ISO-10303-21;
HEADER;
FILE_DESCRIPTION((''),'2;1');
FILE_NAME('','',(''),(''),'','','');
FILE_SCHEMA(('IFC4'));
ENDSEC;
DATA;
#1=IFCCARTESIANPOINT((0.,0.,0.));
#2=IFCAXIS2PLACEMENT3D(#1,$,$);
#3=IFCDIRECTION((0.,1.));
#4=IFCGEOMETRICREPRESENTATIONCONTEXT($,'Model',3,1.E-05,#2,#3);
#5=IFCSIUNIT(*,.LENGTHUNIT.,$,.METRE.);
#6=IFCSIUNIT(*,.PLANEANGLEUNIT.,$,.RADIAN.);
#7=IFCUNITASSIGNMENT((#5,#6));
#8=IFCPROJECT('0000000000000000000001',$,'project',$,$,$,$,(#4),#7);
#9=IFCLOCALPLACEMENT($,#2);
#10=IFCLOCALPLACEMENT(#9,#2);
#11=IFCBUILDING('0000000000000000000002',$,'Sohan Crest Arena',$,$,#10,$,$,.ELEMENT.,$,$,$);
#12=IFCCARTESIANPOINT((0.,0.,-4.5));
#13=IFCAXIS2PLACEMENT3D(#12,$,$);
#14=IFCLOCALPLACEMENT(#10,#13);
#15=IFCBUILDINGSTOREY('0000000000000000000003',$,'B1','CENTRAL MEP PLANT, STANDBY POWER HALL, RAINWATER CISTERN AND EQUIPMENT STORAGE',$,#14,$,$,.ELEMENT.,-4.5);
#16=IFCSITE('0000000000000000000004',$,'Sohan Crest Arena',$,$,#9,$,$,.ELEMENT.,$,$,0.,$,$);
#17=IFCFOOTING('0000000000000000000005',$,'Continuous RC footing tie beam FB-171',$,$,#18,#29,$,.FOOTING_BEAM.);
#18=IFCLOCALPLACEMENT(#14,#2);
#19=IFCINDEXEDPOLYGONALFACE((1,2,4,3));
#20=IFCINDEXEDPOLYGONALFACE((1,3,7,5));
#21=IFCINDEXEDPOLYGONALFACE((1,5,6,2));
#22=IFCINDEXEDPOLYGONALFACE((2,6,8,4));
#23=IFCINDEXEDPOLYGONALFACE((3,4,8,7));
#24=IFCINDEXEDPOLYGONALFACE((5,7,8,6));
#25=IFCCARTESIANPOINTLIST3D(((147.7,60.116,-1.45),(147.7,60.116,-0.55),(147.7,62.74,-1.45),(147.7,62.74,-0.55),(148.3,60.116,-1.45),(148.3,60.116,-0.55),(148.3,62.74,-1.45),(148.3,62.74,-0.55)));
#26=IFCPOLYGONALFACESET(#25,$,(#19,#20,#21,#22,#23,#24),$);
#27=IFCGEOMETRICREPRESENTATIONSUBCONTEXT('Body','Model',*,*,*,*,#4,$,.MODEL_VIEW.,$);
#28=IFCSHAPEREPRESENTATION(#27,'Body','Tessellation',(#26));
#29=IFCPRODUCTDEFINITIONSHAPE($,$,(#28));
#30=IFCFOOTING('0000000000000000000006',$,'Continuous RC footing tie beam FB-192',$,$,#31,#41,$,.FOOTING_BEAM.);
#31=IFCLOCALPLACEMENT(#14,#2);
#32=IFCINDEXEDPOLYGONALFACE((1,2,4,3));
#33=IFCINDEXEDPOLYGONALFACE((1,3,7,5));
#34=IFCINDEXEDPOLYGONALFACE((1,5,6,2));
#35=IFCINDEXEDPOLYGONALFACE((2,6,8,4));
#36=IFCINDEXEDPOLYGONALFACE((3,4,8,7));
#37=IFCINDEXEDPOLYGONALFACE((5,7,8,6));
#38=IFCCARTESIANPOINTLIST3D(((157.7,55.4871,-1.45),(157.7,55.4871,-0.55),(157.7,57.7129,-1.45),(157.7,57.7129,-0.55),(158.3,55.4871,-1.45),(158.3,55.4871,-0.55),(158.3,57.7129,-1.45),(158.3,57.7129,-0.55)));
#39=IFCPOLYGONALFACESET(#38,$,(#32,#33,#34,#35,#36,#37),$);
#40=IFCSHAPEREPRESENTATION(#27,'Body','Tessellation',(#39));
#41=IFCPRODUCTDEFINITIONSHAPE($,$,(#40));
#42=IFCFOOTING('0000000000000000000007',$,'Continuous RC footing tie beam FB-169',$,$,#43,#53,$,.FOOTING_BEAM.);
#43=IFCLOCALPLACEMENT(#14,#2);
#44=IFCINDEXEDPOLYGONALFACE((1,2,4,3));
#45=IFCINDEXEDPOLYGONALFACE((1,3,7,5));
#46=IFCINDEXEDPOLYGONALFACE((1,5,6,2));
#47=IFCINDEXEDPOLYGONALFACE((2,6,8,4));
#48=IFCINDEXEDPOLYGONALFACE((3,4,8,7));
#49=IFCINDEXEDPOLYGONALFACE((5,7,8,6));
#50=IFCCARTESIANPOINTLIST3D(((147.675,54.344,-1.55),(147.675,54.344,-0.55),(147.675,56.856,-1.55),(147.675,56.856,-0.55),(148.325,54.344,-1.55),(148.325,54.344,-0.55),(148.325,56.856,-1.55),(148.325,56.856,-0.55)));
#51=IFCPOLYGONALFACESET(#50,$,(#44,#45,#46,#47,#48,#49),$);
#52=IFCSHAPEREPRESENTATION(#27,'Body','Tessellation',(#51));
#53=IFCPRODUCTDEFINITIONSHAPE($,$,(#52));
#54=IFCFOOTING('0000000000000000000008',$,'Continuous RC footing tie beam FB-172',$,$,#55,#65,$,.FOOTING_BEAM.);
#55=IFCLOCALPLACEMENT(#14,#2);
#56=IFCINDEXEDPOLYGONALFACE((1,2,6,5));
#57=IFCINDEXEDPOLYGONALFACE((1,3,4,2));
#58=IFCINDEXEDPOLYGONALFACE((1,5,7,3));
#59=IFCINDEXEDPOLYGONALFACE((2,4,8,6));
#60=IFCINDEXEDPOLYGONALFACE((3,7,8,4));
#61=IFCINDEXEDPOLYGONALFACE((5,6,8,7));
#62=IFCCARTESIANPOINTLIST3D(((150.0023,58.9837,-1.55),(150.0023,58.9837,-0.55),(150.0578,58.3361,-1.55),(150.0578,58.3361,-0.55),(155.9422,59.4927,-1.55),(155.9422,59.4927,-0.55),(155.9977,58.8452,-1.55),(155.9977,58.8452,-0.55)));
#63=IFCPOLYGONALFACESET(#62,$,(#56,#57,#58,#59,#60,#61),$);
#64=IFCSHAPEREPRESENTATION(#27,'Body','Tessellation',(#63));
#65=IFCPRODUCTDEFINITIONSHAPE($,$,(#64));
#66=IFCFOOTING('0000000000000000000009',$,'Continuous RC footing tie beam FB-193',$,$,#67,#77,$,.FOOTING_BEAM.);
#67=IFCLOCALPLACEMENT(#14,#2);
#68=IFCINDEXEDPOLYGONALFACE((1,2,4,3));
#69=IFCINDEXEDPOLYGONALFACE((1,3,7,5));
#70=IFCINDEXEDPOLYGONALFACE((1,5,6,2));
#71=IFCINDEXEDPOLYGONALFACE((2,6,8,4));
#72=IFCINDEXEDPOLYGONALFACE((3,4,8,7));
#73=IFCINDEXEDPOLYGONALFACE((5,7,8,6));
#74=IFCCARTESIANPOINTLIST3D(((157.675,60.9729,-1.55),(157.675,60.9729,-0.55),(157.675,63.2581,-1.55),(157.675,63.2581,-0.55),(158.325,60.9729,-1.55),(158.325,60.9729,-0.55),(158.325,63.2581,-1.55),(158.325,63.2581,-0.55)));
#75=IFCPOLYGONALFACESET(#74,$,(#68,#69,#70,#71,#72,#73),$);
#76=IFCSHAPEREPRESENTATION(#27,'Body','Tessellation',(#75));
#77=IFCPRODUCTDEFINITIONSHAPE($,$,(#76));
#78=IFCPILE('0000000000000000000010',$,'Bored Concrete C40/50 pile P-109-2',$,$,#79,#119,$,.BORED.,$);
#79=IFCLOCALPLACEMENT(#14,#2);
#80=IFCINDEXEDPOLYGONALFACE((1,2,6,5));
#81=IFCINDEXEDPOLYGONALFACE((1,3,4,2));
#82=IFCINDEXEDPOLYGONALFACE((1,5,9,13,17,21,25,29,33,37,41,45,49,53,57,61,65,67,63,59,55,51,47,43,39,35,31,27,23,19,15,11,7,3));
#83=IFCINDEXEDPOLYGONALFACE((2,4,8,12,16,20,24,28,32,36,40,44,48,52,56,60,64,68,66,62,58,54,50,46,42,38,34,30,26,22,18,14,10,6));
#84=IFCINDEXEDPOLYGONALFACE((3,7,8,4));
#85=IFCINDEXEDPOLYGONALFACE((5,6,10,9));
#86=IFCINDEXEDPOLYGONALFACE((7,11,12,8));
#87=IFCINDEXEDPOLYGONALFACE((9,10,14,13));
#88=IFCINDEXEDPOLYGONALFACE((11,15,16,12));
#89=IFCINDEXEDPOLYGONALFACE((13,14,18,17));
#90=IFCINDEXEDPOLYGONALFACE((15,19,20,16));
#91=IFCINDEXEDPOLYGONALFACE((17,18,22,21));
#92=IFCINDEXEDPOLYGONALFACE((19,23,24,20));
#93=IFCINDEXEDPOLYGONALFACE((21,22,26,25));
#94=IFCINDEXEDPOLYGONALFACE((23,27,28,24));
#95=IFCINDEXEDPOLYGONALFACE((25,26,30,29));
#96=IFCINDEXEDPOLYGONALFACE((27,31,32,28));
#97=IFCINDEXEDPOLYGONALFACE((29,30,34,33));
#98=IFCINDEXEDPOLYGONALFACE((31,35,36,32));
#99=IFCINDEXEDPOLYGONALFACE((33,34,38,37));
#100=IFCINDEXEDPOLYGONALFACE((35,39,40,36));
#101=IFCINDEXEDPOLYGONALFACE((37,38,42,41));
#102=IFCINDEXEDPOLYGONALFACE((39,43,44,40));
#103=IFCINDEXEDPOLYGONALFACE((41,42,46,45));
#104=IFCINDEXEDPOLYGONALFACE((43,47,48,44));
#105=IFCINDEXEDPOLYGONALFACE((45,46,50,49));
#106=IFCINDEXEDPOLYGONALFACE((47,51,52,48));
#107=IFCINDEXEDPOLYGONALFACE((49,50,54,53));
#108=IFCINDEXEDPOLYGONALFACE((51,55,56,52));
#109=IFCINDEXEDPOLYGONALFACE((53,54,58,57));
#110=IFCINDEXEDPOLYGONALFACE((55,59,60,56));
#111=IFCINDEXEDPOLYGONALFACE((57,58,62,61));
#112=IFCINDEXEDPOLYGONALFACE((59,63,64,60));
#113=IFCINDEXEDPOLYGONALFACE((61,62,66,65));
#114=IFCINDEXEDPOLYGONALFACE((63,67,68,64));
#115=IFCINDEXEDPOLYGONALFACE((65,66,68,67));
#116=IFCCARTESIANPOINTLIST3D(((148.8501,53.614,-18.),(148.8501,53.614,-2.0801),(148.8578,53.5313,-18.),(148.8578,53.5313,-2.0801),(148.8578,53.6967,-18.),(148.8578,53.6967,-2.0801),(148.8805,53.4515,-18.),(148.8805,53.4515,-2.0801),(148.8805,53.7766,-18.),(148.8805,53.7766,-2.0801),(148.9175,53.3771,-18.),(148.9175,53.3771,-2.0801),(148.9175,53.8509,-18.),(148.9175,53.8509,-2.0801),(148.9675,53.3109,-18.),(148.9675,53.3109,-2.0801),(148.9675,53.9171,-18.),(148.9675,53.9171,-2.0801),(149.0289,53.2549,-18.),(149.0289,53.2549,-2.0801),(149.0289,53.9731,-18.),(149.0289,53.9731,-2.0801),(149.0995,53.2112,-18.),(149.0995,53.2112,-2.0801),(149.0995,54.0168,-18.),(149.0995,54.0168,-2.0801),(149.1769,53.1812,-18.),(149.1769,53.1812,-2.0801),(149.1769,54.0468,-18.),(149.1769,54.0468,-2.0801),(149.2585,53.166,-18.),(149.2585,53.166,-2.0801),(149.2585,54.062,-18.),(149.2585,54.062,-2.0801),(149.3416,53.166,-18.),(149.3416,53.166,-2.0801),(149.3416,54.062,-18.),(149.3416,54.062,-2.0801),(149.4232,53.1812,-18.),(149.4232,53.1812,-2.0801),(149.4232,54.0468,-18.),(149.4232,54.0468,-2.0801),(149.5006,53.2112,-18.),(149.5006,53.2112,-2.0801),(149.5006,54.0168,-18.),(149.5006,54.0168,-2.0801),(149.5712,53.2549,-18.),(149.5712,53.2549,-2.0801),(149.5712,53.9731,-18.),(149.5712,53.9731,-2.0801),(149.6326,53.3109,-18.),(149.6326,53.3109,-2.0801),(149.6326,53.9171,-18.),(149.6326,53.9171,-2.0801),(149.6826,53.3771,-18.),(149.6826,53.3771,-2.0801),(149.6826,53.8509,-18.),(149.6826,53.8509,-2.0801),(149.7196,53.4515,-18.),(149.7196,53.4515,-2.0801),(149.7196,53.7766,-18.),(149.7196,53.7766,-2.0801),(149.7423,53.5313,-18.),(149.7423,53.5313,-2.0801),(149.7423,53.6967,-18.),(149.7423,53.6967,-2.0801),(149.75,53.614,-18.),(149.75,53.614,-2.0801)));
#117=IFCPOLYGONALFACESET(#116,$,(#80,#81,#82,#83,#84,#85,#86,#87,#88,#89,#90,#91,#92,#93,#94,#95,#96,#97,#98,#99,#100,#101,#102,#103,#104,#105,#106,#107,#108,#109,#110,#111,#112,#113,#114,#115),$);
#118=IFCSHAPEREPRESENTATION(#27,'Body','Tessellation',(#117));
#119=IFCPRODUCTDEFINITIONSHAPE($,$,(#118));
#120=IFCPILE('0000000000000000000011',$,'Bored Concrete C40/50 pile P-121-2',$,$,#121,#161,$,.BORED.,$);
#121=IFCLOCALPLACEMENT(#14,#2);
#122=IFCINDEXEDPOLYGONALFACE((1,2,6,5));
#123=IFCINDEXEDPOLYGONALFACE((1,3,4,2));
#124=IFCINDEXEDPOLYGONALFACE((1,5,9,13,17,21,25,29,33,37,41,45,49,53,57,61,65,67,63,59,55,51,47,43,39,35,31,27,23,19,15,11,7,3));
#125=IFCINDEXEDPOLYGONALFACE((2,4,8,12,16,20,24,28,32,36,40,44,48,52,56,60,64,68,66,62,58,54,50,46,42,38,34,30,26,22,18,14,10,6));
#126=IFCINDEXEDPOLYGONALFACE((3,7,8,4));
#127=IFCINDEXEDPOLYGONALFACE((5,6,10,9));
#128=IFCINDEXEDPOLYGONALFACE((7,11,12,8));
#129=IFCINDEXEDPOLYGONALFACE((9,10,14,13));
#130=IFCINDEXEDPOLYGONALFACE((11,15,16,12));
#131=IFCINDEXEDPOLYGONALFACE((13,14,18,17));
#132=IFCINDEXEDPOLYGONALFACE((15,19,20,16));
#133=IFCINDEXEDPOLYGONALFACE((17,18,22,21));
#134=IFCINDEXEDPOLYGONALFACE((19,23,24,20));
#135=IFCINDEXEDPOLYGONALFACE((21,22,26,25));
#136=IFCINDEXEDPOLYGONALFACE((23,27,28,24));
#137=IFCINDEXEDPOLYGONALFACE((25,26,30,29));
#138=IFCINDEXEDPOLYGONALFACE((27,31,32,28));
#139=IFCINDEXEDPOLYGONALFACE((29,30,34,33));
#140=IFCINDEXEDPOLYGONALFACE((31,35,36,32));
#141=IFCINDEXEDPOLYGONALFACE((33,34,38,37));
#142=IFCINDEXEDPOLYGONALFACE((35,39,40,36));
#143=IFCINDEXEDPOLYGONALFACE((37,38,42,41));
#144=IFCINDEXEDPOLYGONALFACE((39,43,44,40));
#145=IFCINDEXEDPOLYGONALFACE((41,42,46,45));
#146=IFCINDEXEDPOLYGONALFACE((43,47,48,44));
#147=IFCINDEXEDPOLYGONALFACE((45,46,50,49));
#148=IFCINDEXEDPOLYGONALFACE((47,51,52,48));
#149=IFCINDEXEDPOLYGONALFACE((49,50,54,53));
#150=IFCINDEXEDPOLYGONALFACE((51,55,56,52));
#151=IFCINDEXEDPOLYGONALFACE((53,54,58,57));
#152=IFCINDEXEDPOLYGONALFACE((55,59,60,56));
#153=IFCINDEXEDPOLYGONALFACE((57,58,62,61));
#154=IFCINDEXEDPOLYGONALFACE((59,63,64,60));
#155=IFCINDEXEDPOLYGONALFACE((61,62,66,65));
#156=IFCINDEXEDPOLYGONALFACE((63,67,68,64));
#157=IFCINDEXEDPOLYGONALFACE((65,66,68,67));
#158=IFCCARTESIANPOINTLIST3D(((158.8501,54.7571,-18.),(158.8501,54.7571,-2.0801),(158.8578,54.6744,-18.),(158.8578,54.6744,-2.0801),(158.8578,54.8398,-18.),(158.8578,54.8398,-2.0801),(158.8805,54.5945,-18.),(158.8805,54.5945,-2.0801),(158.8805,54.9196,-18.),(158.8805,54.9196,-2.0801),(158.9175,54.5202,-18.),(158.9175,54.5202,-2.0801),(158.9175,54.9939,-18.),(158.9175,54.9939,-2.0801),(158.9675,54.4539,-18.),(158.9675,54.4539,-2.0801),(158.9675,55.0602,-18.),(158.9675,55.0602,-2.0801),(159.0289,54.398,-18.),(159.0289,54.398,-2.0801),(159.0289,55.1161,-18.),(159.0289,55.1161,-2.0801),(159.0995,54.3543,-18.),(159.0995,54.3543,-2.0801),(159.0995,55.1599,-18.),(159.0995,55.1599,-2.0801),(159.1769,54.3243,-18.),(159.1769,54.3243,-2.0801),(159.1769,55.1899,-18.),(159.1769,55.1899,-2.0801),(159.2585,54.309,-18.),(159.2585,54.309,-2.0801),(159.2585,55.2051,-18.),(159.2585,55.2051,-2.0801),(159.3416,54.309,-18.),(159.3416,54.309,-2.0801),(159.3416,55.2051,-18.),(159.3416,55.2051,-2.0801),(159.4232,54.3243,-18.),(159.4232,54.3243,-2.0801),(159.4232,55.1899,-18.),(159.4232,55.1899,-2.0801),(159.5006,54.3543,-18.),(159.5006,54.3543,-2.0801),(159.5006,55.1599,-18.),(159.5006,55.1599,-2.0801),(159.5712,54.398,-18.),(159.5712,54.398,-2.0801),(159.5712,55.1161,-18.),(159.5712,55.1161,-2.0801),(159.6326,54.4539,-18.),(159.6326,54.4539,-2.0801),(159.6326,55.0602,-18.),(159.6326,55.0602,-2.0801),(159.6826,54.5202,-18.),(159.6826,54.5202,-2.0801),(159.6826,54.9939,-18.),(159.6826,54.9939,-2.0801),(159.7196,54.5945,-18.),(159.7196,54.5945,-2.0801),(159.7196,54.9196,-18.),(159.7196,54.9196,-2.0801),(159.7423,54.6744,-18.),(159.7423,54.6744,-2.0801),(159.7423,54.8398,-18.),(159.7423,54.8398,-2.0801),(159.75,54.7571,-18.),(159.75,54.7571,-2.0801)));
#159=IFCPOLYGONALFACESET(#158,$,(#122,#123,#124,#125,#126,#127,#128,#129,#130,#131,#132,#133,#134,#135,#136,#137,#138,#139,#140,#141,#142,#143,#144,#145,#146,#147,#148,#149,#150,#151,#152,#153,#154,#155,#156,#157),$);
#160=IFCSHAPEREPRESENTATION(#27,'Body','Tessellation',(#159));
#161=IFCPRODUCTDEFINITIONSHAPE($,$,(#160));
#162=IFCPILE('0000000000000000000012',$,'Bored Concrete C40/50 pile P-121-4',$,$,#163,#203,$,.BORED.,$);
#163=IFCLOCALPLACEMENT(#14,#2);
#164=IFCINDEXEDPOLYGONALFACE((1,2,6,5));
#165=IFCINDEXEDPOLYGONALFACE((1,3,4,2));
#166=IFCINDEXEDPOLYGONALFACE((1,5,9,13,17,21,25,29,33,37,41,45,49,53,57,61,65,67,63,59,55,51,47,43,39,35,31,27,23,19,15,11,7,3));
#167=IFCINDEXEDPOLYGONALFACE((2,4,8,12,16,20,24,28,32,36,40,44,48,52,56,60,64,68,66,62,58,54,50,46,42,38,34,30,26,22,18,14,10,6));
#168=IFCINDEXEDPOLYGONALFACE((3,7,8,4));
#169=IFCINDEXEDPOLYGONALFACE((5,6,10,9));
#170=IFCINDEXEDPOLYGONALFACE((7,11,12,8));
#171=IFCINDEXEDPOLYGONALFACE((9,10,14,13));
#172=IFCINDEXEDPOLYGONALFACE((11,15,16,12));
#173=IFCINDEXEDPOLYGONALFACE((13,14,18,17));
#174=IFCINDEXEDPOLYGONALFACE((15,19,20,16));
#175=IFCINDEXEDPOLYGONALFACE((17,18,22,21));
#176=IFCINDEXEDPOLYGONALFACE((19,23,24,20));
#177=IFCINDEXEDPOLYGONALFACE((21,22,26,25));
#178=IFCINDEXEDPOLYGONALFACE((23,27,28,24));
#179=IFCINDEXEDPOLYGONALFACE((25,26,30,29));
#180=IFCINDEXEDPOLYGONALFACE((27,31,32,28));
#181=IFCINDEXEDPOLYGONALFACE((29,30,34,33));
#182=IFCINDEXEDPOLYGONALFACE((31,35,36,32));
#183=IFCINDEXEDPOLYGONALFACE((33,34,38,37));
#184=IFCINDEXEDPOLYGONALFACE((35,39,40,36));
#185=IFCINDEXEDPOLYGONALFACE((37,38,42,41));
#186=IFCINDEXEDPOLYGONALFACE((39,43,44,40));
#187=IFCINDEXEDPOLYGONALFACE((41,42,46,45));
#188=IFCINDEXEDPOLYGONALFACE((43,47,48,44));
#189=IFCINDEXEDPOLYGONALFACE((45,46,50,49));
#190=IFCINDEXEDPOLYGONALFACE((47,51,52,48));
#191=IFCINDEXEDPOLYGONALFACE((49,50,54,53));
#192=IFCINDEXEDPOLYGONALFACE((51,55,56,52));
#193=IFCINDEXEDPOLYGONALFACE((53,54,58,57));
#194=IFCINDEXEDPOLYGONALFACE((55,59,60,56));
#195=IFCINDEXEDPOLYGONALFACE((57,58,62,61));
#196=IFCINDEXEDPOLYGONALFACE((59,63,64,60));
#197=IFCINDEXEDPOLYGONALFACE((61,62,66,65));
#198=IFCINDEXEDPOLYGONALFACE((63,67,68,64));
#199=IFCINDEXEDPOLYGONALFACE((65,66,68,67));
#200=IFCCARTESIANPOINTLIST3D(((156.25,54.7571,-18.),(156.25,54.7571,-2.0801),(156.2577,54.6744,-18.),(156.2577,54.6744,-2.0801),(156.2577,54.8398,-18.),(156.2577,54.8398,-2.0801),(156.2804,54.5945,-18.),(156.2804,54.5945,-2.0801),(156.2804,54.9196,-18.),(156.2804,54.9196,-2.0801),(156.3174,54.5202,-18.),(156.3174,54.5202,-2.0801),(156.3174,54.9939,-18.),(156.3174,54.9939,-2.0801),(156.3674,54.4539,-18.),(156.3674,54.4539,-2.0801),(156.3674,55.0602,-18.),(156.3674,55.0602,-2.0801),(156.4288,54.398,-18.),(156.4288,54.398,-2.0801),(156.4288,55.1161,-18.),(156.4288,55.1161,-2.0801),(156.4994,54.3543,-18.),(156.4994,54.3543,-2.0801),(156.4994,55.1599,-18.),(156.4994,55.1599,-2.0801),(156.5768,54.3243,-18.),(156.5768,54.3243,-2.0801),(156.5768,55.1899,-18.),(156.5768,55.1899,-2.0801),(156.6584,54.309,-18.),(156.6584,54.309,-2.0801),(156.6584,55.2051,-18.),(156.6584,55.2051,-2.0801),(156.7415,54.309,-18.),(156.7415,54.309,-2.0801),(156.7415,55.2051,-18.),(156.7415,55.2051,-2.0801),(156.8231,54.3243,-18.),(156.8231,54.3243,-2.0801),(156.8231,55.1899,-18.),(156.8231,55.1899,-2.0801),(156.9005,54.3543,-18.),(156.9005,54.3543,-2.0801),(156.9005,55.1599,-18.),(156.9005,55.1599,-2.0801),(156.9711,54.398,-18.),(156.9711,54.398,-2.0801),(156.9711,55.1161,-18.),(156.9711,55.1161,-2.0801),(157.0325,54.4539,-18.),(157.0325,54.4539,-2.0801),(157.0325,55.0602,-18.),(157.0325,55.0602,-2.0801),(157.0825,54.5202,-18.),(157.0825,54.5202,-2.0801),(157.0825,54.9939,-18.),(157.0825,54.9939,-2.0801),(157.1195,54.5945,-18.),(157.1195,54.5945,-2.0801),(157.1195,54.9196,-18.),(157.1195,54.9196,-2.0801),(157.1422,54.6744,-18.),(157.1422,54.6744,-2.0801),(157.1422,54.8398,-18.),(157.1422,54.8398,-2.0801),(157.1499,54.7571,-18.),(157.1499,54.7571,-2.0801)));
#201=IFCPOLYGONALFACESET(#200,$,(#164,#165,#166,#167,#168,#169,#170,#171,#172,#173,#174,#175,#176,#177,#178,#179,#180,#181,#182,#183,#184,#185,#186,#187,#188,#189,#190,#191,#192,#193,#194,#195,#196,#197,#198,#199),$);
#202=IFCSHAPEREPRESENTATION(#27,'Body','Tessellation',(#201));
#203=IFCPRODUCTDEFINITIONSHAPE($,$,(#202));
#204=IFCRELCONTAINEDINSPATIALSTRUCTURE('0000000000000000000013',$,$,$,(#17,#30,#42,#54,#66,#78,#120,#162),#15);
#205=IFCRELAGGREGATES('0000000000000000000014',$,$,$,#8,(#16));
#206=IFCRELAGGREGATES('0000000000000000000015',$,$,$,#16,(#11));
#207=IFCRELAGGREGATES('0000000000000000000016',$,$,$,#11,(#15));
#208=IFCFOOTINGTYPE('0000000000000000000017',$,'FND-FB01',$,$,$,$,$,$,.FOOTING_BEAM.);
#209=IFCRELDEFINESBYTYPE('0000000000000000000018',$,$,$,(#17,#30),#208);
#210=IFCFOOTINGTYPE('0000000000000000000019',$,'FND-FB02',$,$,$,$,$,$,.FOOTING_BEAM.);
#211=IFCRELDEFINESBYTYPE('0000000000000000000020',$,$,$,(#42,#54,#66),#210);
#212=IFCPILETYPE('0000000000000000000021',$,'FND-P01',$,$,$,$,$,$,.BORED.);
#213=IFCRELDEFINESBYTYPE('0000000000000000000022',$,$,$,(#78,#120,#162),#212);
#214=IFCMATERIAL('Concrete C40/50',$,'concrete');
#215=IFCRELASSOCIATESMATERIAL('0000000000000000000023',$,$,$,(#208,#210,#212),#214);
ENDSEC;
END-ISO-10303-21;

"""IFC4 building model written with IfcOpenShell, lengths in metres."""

from ifc_helpers import new_model, si_unit, direction, frame, origin, origin_2d, place, context, subcontext, project, spatial, rectangle, circle, extrude, material, material_profile, profile_set, type_object, element, save


model = new_model("IFC4")

# Units and contexts
model_context = context("Model", 3, precision=1e-05, world=origin(), true_north=direction((0.0, 1.0)))
body_context = subcontext(model_context, "Body", "Model", "MODEL_VIEW")
ifc_project = project(units=[si_unit("LENGTHUNIT", "METRE"), si_unit("PLANEANGLEUNIT", "RADIAN")], contexts=[model_context])

# Site, building, storey
site_placement = place(None, origin())
site = spatial("IfcSite", under=ifc_project, at=site_placement, Name="Sohan Crest Arena", CompositionType="ELEMENT", RefElevation=0.0)
building_placement = place(site_placement, origin())
building = spatial("IfcBuilding", under=site, at=building_placement, Name="Sohan Crest Arena", CompositionType="ELEMENT")
storey_placement = place(building_placement, frame((0.0, 0.0, -4.5)))
storey = spatial("IfcBuildingStorey", under=building, at=storey_placement, Name="B1", Description="CENTRAL MEP PLANT, STANDBY POWER HALL, RAINWATER CISTERN AND EQUIPMENT STORAGE", CompositionType="ELEMENT", Elevation=-4.5)

# Footings
ifc_material = material(Name="Concrete C40/50", Category="concrete")
ifc_material_profile_1 = material_profile(ifc_material, rectangle(XDim=0.6001, YDim=0.8999, at=origin_2d()), Name="RC-FB 600x900")
ifc_profile_set_1 = profile_set([ifc_material_profile_1], Name="Concrete C40/50")
footing_type_1 = type_object("IfcFootingType", Name="FND-FB01", PredefinedType="FOOTING_BEAM", material=ifc_profile_set_1)
footing_1_placement = place(storey_placement, frame((148.0, 60.116, -1.0), z_axis=(0.0, 1.0, 0.0), x_axis=(-1.0, 0.0, 0.0)))
element("IfcFooting", 1, at=footing_1_placement, inside=storey, type_object=footing_type_1, Name="Continuous RC footing tie beam FB-171", PredefinedType="FOOTING_BEAM", context=body_context, shape_type="SweptSolid", body=[
    extrude(rectangle(XDim=0.6001, YDim=0.8999, at=origin_2d()), origin(), (0.0, 0.0, 1.0), 2.624),
])
footing_2_placement = place(storey_placement, frame((158.0, 55.4871, -1.0), z_axis=(0.0, 1.0, 0.0), x_axis=(-1.0, 0.0, 0.0)))
element("IfcFooting", 2, at=footing_2_placement, inside=storey, type_object=footing_type_1, Name="Continuous RC footing tie beam FB-192", PredefinedType="FOOTING_BEAM", context=body_context, shape_type="SweptSolid", body=[
    extrude(rectangle(XDim=0.6001, YDim=0.8999, at=origin_2d()), origin(), (0.0, 0.0, 1.0), 2.2258),
])
ifc_material_profile_2 = material_profile(ifc_material, rectangle(XDim=0.6499, YDim=1.0, at=origin_2d()), Name="RC-FB 650x1000")
ifc_profile_set_2 = profile_set([ifc_material_profile_2], Name="Concrete C40/50")
footing_type_2 = type_object("IfcFootingType", Name="FND-FB02", PredefinedType="FOOTING_BEAM", material=ifc_profile_set_2)
footing_3_placement = place(storey_placement, frame((148.0, 54.344, -1.05), z_axis=(0.0, 1.0, 0.0), x_axis=(-1.0, 0.0, 0.0)))
element("IfcFooting", 3, at=footing_3_placement, inside=storey, type_object=footing_type_2, Name="Continuous RC footing tie beam FB-169", PredefinedType="FOOTING_BEAM", context=body_context, shape_type="SweptSolid", body=[
    extrude(rectangle(XDim=0.6499, YDim=1.0, at=origin_2d()), origin(), (0.0, 0.0, 1.0), 2.512),
])
footing_4_placement = place(storey_placement, frame((150.03, 58.6599, -1.05), z_axis=(0.996348, 0.085384, 0.0), x_axis=(-0.085384, 0.996348, 0.0)))
element("IfcFooting", 4, at=footing_4_placement, inside=storey, type_object=footing_type_2, Name="Continuous RC footing tie beam FB-172", PredefinedType="FOOTING_BEAM", context=body_context, shape_type="SweptSolid", body=[
    extrude(rectangle(XDim=0.6499, YDim=1.0, at=origin_2d()), origin(), (0.0, 0.0, 1.0), 5.9617),
])
footing_5_placement = place(storey_placement, frame((158.0, 60.9729, -1.05), z_axis=(0.0, 1.0, 0.0), x_axis=(-1.0, 0.0, 0.0)))
element("IfcFooting", 5, at=footing_5_placement, inside=storey, type_object=footing_type_2, Name="Continuous RC footing tie beam FB-193", PredefinedType="FOOTING_BEAM", context=body_context, shape_type="SweptSolid", body=[
    extrude(rectangle(XDim=0.6499, YDim=1.0, at=origin_2d()), origin(), (0.0, 0.0, 1.0), 2.2852),
])

# Piles
ifc_material_profile_3 = material_profile(ifc_material, circle(Radius=0.45, at=origin_2d()), Name="PILE D900")
ifc_profile_set_3 = profile_set([ifc_material_profile_3], Name="Concrete C40/50")
pile_type_1 = type_object("IfcPileType", Name="FND-P01", PredefinedType="BORED", material=ifc_profile_set_3)
for number, where, z_axis, x_axis, name in (
    (6, (149.3, 53.614, -18.0), (0.0, 0.0, 1.0), (1.0, 0.0, 0.0), "Bored Concrete C40/50 pile P-109-2"),
    (7, (159.3, 54.7571, -18.0), (0.0, 0.0, 1.0), (1.0, 0.0, 0.0), "Bored Concrete C40/50 pile P-121-2"),
    (8, (156.7, 54.7571, -18.0), (0.0, 0.0, 1.0), (1.0, 0.0, 0.0), "Bored Concrete C40/50 pile P-121-4"),
):
    element("IfcPile", number, at=place(storey_placement, frame(where, z_axis=z_axis, x_axis=x_axis)), inside=storey, type_object=pile_type_1, Name=name, PredefinedType="BORED", context=body_context, shape_type="SweptSolid", body=[
        extrude(circle(Radius=0.45, at=origin_2d()), origin(), (0.0, 0.0, 1.0), 15.9199),
    ])

save(model, "model.ifc")
